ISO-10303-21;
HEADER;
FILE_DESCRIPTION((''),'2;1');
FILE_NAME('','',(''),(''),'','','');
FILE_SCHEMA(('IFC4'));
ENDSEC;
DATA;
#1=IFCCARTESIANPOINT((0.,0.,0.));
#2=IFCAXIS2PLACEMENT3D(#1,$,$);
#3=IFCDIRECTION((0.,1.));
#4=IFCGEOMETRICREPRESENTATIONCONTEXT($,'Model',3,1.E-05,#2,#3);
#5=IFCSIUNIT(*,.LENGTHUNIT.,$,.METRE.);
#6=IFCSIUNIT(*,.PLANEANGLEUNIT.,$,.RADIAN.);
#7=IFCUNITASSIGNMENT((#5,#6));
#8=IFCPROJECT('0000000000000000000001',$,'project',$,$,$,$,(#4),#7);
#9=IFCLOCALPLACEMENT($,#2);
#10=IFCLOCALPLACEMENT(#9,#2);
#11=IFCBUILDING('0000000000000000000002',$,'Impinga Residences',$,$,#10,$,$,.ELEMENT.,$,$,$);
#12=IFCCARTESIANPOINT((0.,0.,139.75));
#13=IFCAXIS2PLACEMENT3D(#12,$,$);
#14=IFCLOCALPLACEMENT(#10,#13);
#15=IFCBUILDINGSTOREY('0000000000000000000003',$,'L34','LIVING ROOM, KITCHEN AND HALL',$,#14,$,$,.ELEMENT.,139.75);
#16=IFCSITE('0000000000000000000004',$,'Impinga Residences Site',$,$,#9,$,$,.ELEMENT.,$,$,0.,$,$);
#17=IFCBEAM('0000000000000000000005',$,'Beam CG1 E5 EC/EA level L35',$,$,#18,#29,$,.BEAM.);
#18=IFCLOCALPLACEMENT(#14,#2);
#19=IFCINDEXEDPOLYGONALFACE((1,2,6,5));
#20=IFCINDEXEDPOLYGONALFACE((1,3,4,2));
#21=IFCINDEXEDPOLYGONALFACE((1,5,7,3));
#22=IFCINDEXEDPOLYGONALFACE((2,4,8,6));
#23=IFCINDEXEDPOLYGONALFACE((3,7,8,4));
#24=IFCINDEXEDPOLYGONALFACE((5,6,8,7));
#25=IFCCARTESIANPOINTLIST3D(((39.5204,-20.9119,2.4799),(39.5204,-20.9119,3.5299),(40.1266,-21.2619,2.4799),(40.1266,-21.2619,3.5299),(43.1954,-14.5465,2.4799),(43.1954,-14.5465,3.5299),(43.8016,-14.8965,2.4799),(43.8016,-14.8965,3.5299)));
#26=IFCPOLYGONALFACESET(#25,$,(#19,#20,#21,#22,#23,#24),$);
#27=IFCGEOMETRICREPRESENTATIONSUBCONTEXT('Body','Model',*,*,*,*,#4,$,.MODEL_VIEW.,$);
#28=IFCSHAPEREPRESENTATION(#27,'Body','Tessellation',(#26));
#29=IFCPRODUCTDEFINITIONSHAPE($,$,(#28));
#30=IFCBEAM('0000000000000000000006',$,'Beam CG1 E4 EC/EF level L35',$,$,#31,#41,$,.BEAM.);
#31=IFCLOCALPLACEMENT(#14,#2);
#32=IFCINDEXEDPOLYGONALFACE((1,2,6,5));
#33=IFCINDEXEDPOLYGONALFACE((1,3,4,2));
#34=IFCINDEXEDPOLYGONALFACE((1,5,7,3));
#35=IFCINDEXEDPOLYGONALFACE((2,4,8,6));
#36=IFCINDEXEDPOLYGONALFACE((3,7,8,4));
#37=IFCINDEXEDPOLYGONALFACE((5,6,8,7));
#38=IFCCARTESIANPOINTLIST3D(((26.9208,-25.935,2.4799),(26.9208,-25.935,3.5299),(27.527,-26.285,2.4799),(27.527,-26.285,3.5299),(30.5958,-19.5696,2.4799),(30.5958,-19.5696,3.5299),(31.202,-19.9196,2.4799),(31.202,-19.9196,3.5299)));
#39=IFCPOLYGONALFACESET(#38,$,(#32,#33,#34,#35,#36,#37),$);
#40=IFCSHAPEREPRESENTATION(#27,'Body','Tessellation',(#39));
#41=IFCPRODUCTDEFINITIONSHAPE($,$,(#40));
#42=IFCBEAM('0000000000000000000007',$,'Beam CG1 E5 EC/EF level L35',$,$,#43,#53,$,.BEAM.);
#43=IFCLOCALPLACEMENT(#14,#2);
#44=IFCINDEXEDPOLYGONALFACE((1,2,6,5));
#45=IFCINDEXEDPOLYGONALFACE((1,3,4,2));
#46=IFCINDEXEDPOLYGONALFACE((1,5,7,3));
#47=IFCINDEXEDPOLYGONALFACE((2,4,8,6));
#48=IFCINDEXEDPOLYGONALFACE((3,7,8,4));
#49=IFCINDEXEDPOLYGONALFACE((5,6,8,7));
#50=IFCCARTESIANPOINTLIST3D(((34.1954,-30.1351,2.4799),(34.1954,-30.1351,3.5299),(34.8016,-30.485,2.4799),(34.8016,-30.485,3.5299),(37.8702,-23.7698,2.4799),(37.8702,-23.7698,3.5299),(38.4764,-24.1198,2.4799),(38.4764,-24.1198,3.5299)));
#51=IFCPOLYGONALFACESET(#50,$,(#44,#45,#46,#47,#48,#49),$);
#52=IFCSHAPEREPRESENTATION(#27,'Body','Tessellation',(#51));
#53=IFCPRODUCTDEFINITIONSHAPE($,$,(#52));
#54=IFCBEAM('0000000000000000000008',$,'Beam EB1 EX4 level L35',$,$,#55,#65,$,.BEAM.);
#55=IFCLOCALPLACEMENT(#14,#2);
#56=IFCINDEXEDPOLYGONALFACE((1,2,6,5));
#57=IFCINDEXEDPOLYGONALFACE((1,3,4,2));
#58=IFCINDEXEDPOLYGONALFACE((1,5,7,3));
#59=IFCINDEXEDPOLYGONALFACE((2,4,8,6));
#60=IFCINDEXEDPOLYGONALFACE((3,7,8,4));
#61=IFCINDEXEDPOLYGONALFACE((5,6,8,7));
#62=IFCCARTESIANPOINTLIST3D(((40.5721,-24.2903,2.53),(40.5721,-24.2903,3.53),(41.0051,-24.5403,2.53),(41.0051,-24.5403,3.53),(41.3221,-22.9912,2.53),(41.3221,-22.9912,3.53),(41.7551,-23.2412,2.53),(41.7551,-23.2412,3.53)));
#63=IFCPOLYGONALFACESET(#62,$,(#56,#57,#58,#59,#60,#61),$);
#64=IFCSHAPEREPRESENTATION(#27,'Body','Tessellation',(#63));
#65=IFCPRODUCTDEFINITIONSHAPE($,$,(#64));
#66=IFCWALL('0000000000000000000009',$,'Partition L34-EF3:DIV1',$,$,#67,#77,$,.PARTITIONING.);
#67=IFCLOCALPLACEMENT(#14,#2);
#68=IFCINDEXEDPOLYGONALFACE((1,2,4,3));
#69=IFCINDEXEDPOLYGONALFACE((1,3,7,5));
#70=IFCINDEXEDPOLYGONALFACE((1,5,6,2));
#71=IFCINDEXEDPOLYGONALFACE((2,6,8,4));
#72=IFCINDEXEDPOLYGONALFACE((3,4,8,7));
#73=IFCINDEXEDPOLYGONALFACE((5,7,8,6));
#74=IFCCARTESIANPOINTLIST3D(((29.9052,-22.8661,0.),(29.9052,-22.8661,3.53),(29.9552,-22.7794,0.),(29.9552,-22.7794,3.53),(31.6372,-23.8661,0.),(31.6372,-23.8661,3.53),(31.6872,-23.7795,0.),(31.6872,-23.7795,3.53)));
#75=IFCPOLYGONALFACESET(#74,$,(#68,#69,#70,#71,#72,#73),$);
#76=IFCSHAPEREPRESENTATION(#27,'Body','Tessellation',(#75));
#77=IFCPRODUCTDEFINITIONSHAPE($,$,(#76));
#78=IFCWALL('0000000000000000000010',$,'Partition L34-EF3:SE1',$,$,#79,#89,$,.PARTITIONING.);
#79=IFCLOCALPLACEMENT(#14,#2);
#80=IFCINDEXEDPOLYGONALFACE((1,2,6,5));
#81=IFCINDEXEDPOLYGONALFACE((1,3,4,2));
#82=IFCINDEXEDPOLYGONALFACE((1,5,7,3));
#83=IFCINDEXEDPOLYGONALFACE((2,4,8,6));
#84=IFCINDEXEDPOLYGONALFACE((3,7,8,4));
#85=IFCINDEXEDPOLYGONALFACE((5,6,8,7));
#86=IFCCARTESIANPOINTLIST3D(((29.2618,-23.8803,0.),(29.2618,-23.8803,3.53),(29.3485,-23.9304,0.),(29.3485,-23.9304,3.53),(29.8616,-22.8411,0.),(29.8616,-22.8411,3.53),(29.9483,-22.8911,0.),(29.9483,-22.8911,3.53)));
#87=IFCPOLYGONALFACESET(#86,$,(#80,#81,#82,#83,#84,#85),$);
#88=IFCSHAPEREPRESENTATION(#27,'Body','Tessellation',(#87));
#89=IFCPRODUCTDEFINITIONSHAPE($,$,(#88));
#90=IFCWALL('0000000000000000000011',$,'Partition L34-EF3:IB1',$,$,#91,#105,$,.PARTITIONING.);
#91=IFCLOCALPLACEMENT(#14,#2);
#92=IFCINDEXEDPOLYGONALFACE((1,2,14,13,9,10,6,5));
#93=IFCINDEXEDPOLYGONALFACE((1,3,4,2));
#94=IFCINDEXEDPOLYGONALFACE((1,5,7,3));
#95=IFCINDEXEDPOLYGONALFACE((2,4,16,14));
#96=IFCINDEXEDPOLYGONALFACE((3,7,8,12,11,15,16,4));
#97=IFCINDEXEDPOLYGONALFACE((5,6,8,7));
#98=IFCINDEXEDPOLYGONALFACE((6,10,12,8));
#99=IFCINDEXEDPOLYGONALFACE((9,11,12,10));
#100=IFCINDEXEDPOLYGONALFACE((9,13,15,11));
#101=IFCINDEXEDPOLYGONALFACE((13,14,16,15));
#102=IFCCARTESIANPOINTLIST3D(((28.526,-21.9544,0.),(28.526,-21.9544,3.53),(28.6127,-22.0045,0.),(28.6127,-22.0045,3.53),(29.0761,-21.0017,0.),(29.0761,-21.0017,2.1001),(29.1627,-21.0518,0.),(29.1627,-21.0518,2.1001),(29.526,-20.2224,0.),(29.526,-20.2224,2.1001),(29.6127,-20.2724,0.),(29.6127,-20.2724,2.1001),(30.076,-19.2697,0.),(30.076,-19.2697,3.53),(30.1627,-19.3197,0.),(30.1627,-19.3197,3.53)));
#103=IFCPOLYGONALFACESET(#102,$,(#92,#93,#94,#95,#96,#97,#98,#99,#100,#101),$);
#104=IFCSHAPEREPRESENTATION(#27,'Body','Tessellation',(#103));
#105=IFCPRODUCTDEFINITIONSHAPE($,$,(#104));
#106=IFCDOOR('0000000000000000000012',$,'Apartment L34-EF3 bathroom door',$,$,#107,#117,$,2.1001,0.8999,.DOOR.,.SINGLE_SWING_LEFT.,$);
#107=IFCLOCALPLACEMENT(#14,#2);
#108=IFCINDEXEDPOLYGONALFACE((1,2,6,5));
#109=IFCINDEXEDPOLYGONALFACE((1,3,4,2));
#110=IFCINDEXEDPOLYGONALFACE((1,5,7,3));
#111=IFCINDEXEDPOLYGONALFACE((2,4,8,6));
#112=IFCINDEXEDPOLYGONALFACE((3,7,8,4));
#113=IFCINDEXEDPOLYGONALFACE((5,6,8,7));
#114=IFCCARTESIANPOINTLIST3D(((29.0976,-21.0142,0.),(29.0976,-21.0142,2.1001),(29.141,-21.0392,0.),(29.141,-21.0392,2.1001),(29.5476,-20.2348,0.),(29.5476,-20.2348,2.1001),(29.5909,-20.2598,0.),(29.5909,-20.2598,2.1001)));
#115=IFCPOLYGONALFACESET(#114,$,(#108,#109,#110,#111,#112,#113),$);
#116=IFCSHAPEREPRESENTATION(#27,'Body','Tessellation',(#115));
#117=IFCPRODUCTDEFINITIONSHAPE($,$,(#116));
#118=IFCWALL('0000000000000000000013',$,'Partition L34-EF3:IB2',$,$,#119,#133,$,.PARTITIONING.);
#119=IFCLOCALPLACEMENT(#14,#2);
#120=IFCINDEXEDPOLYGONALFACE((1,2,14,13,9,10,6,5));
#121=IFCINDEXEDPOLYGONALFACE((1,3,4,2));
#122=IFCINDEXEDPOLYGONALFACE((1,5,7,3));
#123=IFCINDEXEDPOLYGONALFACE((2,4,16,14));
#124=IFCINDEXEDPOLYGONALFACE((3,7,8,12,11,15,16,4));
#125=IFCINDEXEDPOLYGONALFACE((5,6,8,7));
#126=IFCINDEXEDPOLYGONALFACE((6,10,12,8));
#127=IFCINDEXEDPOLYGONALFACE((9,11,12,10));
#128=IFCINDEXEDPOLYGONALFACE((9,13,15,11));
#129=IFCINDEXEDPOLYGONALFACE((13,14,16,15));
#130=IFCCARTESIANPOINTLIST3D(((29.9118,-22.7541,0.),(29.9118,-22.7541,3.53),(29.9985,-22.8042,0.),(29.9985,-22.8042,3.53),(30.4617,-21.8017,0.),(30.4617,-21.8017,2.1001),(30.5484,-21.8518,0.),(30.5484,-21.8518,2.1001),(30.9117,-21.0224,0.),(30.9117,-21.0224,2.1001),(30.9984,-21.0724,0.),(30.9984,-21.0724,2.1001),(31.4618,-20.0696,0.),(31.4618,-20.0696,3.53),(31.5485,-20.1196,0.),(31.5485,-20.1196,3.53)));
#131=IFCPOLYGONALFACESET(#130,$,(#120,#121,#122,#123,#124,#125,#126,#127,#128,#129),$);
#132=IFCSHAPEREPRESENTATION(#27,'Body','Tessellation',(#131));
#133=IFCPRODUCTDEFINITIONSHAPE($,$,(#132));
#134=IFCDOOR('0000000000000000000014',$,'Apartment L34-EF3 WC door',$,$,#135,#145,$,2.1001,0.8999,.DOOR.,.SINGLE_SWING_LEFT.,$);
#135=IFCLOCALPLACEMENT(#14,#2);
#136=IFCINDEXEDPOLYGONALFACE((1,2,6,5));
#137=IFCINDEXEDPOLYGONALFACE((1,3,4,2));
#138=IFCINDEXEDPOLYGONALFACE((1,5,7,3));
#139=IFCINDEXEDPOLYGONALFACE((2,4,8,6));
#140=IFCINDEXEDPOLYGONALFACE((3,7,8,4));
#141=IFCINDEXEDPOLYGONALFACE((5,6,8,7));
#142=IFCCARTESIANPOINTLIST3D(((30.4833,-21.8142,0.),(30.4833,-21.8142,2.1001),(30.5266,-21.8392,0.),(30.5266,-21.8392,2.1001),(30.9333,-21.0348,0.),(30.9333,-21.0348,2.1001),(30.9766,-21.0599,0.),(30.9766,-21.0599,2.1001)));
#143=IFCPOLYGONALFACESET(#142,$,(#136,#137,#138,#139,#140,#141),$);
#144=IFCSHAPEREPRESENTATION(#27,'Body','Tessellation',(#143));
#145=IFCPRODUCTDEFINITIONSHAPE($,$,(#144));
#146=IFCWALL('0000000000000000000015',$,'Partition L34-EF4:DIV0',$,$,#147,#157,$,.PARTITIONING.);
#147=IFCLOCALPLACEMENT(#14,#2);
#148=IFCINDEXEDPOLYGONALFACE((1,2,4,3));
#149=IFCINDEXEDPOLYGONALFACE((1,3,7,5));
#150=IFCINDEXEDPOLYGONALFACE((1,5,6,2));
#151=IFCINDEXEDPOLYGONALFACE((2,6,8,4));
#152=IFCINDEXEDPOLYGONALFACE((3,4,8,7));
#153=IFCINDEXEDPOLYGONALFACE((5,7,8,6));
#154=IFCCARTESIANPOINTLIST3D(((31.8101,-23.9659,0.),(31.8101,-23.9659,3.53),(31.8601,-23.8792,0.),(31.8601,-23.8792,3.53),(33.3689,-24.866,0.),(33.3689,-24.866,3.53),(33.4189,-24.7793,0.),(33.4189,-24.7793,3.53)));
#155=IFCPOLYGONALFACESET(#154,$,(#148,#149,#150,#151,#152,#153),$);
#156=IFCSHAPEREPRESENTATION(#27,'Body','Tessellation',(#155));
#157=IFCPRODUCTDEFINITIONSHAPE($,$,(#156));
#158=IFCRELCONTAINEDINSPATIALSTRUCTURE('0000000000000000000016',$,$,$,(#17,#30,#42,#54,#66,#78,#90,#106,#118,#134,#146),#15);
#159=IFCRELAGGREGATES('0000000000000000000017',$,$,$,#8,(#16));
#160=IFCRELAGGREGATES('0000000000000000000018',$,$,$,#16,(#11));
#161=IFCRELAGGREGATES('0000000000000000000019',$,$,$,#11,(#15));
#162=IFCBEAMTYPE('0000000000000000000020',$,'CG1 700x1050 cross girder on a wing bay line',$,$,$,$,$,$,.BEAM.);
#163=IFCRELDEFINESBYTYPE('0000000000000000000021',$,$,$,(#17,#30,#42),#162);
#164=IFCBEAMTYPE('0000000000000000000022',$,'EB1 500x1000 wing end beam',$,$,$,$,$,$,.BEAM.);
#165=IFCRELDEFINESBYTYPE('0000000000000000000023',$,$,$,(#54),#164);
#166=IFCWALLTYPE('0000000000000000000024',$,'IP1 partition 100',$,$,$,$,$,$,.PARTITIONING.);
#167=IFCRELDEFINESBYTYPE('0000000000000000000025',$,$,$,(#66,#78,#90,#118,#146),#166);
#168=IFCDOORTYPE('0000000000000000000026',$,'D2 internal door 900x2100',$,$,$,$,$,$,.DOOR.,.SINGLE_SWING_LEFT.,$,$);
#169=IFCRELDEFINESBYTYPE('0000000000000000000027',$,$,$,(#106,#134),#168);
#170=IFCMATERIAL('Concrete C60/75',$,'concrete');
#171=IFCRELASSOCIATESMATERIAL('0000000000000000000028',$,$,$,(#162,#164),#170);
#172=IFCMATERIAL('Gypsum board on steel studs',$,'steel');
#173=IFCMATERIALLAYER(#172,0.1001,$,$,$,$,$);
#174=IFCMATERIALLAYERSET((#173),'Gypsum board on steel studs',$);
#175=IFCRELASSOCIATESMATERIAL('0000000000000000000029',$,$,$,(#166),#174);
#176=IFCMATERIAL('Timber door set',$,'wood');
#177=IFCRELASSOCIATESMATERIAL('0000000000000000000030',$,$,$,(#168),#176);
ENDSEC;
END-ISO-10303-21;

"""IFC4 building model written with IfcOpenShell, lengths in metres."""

from ifc_helpers import new_model, si_unit, direction, frame, frame_2d, origin, origin_2d, place, context, subcontext, project, spatial, rectangle, extrude, material, layer, layer_set, material_profile, profile_set, type_object, element, fill, save


model = new_model("IFC4")

# Units and contexts
model_context = context("Model", 3, precision=1e-05, world=origin(), true_north=direction((0.0, 1.0)))
body_context = subcontext(model_context, "Body", "Model", "MODEL_VIEW")
ifc_project = project(units=[si_unit("LENGTHUNIT", "METRE"), si_unit("PLANEANGLEUNIT", "RADIAN")], contexts=[model_context])

# Site, building, storey
site_placement = place(None, origin())
site = spatial("IfcSite", under=ifc_project, at=site_placement, Name="Impinga Residences Site", CompositionType="ELEMENT", RefElevation=0.0)
building_placement = place(site_placement, origin())
building = spatial("IfcBuilding", under=site, at=building_placement, Name="Impinga Residences", CompositionType="ELEMENT")
storey_placement = place(building_placement, frame((0.0, 0.0, 139.75)))
storey = spatial("IfcBuildingStorey", under=building, at=storey_placement, Name="L34", Description="LIVING ROOM, KITCHEN AND HALL", CompositionType="ELEMENT", Elevation=139.75)

# Beams
ifc_material_1 = material(Name="Concrete C60/75", Category="concrete")
ifc_material_profile_1 = material_profile(ifc_material_1, rectangle(XDim=0.7, YDim=1.05, at=origin_2d()), Name="RC 700x1050")
ifc_profile_set_1 = profile_set([ifc_material_profile_1], Name="Concrete C60/75")
beam_type_1 = type_object("IfcBeamType", Name="CG1 700x1050 cross girder on a wing bay line", PredefinedType="BEAM", material=ifc_profile_set_1)
for number, where, z_axis, x_axis, name in (
    (1, (39.8235, -21.0869, 3.0049), (0.499994, 0.866029, 0.0), (-0.866029, 0.499994, 0.0), "Beam CG1 E5 EC/EA level L35"),
    (2, (30.8989, -19.7446, 3.0049), (-0.499994, -0.866029, 0.0), (0.866029, -0.499994, 0.0), "Beam CG1 E4 EC/EF level L35"),
):
    element("IfcBeam", number, at=place(storey_placement, frame(where, z_axis=z_axis, x_axis=x_axis)), inside=storey, type_object=beam_type_1, Name=name, PredefinedType="BEAM", context=body_context, shape_type="SweptSolid", body=[
        extrude(rectangle(XDim=0.7, YDim=1.05, at=origin_2d()), origin(), (0.0, 0.0, 1.0), 7.3501),
    ])
beam_1_placement = place(storey_placement, frame((38.1733, -23.9448, 3.0049), z_axis=(-0.499983, -0.866035, 0.0), x_axis=(0.866035, -0.499983, 0.0)))
element("IfcBeam", 3, at=beam_1_placement, inside=storey, type_object=beam_type_1, Name="Beam CG1 E5 EC/EF level L35", PredefinedType="BEAM", context=body_context, shape_type="SweptSolid", body=[
    extrude(rectangle(XDim=0.7, YDim=1.05, at=origin_2d()), origin(), (0.0, 0.0, 1.0), 7.3499),
])
ifc_material_profile_2 = material_profile(ifc_material_1, rectangle(XDim=0.5, YDim=1.0, at=origin_2d()), Name="RC 500x1000")
ifc_profile_set_2 = profile_set([ifc_material_profile_2], Name="Concrete C60/75")
beam_type_2 = type_object("IfcBeamType", Name="EB1 500x1000 wing end beam", PredefinedType="BEAM", material=ifc_profile_set_2)
beam_2_placement = place(storey_placement, frame((41.5386, -23.1162, 3.03), z_axis=(-0.49999, -0.866031, 0.0), x_axis=(0.866031, -0.49999, 0.0)))
element("IfcBeam", 4, at=beam_2_placement, inside=storey, type_object=beam_type_2, Name="Beam EB1 EX4 level L35", PredefinedType="BEAM", context=body_context, shape_type="SweptSolid", body=[
    extrude(rectangle(XDim=0.5, YDim=1.0, at=origin_2d()), origin(), (0.0, 0.0, 1.0), 1.5),
])

# Walls
ifc_material_2 = material(Name="Gypsum board on steel studs", Category="steel")
ifc_layer_1 = layer(ifc_material_2, 0.1001)
ifc_layer_set_1 = layer_set([ifc_layer_1], Name="Gypsum board on steel studs")
wall_type_1 = type_object("IfcWallType", Name="IP1 partition 100", PredefinedType="PARTITIONING", material=ifc_layer_set_1)
wall_1_placement = place(storey_placement, frame((29.9302, -22.8228, 0.0), z_axis=(0.0, 0.0, 1.0), x_axis=(0.866011, -0.500025, 0.0)))
element("IfcWall", 5, at=wall_1_placement, inside=storey, type_object=wall_type_1, Name="Partition L34-EF3:DIV1", PredefinedType="PARTITIONING", context=body_context, shape_type="SweptSolid", body=[
    extrude(rectangle(XDim=2.0, YDim=0.1001, at=frame_2d((1.0, 0.0))), origin(), (0.0, 0.0, 1.0), 3.53),
])
wall_2_placement = place(storey_placement, frame((29.905, -22.866, 0.0), z_axis=(0.0, 0.0, 1.0), x_axis=(-0.499881, -0.866094, 0.0)))
element("IfcWall", 6, at=wall_2_placement, inside=storey, type_object=wall_type_1, Name="Partition L34-EF3:SE1", PredefinedType="PARTITIONING", context=body_context, shape_type="SweptSolid", body=[
    extrude(rectangle(XDim=1.2, YDim=0.1001, at=frame_2d((0.6001, 0.0))), origin(), (0.0, 0.0, 1.0), 3.53),
])

# Walls, openings, doors
wall_3_placement = place(storey_placement, frame((30.1194, -19.2947, 0.0), z_axis=(0.0, 0.0, 1.0), x_axis=(-0.499993, -0.86603, 0.0)))
wall_3 = element("IfcWall", 7, at=wall_3_placement, inside=storey, type_object=wall_type_1, Name="Partition L34-EF3:IB1", PredefinedType="PARTITIONING", context=body_context, shape_type="SweptSolid", body=[
    extrude(rectangle(XDim=3.1001, YDim=0.1001, at=frame_2d((1.55, 0.0))), origin(), (0.0, 0.0, 1.0), 3.53),
])
opening_1_placement = place(wall_3_placement, frame((1.1001, 0.0, 0.0)))
opening_1 = element("IfcOpeningElement", 8, at=opening_1_placement, cuts=wall_3, PredefinedType="OPENING", context=body_context, shape_type="SweptSolid", body=[
    extrude(rectangle(XDim=0.8999, YDim=2.1001, at=frame_2d((0.45, 1.05))), frame((0.0, 0.0601, 0.0), z_axis=(0.0, -1.0, 0.0), x_axis=(1.0, 0.0, 0.0)), (0.0, 0.0, 1.0), 0.1201),
])
ifc_material_3 = material(Name="Timber door set", Category="wood")
door_type = type_object("IfcDoorType", Name="D2 internal door 900x2100", OperationType="SINGLE_SWING_LEFT", PredefinedType="DOOR", material=ifc_material_3)
door_1_placement = place(opening_1_placement, origin())
door_1 = element("IfcDoor", 9, at=door_1_placement, inside=storey, type_object=door_type, Name="Apartment L34-EF3 bathroom door", OperationType="SINGLE_SWING_LEFT", OverallHeight=2.1001, OverallWidth=0.8999, PredefinedType="DOOR", context=body_context, shape_type="SweptSolid", body=[
    extrude(rectangle(XDim=0.8999, YDim=2.1001, at=frame_2d((0.45, 1.05))), frame((0.0, 0.0249, 0.0), z_axis=(0.0, -1.0, 0.0), x_axis=(1.0, 0.0, 0.0)), (0.0, 0.0, 1.0), 0.05),
])
fill(opening_1, door_1)
wall_4_placement = place(storey_placement, frame((31.5051, -20.0947, 0.0), z_axis=(0.0, 0.0, 1.0), x_axis=(-0.500027, -0.86601, 0.0)))
wall_4 = element("IfcWall", 10, at=wall_4_placement, inside=storey, type_object=wall_type_1, Name="Partition L34-EF3:IB2", PredefinedType="PARTITIONING", context=body_context, shape_type="SweptSolid", body=[
    extrude(rectangle(XDim=3.0999, YDim=0.1001, at=frame_2d((1.5498, 0.0))), origin(), (0.0, 0.0, 1.0), 3.53),
])
opening_2_placement = place(wall_4_placement, frame((1.1001, 0.0, 0.0)))
opening_2 = element("IfcOpeningElement", 11, at=opening_2_placement, cuts=wall_4, PredefinedType="OPENING", context=body_context, shape_type="SweptSolid", body=[
    extrude(rectangle(XDim=0.8999, YDim=2.1001, at=frame_2d((0.45, 1.05))), frame((0.0, 0.0601, 0.0), z_axis=(0.0, -1.0, 0.0), x_axis=(1.0, 0.0, 0.0)), (0.0, 0.0, 1.0), 0.1201),
])
door_2_placement = place(opening_2_placement, origin())
door_2 = element("IfcDoor", 12, at=door_2_placement, inside=storey, type_object=door_type, Name="Apartment L34-EF3 WC door", OperationType="SINGLE_SWING_LEFT", OverallHeight=2.1001, OverallWidth=0.8999, PredefinedType="DOOR", context=body_context, shape_type="SweptSolid", body=[
    extrude(rectangle(XDim=0.8999, YDim=2.1001, at=frame_2d((0.45, 1.05))), frame((0.0, 0.0249, 0.0), z_axis=(0.0, -1.0, 0.0), x_axis=(1.0, 0.0, 0.0)), (0.0, 0.0, 1.0), 0.05),
])
fill(opening_2, door_2)

# Wall
wall_5_placement = place(storey_placement, frame((31.8352, -23.9226, 0.0), z_axis=(0.0, 0.0, 1.0), x_axis=(0.865989, -0.500063, 0.0)))
element("IfcWall", 13, at=wall_5_placement, inside=storey, type_object=wall_type_1, Name="Partition L34-EF4:DIV0", PredefinedType="PARTITIONING", context=body_context, shape_type="SweptSolid", body=[
    extrude(rectangle(XDim=1.8, YDim=0.1001, at=frame_2d((0.8999, 0.0))), origin(), (0.0, 0.0, 1.0), 3.53),
])

save(model, "model.ifc")
